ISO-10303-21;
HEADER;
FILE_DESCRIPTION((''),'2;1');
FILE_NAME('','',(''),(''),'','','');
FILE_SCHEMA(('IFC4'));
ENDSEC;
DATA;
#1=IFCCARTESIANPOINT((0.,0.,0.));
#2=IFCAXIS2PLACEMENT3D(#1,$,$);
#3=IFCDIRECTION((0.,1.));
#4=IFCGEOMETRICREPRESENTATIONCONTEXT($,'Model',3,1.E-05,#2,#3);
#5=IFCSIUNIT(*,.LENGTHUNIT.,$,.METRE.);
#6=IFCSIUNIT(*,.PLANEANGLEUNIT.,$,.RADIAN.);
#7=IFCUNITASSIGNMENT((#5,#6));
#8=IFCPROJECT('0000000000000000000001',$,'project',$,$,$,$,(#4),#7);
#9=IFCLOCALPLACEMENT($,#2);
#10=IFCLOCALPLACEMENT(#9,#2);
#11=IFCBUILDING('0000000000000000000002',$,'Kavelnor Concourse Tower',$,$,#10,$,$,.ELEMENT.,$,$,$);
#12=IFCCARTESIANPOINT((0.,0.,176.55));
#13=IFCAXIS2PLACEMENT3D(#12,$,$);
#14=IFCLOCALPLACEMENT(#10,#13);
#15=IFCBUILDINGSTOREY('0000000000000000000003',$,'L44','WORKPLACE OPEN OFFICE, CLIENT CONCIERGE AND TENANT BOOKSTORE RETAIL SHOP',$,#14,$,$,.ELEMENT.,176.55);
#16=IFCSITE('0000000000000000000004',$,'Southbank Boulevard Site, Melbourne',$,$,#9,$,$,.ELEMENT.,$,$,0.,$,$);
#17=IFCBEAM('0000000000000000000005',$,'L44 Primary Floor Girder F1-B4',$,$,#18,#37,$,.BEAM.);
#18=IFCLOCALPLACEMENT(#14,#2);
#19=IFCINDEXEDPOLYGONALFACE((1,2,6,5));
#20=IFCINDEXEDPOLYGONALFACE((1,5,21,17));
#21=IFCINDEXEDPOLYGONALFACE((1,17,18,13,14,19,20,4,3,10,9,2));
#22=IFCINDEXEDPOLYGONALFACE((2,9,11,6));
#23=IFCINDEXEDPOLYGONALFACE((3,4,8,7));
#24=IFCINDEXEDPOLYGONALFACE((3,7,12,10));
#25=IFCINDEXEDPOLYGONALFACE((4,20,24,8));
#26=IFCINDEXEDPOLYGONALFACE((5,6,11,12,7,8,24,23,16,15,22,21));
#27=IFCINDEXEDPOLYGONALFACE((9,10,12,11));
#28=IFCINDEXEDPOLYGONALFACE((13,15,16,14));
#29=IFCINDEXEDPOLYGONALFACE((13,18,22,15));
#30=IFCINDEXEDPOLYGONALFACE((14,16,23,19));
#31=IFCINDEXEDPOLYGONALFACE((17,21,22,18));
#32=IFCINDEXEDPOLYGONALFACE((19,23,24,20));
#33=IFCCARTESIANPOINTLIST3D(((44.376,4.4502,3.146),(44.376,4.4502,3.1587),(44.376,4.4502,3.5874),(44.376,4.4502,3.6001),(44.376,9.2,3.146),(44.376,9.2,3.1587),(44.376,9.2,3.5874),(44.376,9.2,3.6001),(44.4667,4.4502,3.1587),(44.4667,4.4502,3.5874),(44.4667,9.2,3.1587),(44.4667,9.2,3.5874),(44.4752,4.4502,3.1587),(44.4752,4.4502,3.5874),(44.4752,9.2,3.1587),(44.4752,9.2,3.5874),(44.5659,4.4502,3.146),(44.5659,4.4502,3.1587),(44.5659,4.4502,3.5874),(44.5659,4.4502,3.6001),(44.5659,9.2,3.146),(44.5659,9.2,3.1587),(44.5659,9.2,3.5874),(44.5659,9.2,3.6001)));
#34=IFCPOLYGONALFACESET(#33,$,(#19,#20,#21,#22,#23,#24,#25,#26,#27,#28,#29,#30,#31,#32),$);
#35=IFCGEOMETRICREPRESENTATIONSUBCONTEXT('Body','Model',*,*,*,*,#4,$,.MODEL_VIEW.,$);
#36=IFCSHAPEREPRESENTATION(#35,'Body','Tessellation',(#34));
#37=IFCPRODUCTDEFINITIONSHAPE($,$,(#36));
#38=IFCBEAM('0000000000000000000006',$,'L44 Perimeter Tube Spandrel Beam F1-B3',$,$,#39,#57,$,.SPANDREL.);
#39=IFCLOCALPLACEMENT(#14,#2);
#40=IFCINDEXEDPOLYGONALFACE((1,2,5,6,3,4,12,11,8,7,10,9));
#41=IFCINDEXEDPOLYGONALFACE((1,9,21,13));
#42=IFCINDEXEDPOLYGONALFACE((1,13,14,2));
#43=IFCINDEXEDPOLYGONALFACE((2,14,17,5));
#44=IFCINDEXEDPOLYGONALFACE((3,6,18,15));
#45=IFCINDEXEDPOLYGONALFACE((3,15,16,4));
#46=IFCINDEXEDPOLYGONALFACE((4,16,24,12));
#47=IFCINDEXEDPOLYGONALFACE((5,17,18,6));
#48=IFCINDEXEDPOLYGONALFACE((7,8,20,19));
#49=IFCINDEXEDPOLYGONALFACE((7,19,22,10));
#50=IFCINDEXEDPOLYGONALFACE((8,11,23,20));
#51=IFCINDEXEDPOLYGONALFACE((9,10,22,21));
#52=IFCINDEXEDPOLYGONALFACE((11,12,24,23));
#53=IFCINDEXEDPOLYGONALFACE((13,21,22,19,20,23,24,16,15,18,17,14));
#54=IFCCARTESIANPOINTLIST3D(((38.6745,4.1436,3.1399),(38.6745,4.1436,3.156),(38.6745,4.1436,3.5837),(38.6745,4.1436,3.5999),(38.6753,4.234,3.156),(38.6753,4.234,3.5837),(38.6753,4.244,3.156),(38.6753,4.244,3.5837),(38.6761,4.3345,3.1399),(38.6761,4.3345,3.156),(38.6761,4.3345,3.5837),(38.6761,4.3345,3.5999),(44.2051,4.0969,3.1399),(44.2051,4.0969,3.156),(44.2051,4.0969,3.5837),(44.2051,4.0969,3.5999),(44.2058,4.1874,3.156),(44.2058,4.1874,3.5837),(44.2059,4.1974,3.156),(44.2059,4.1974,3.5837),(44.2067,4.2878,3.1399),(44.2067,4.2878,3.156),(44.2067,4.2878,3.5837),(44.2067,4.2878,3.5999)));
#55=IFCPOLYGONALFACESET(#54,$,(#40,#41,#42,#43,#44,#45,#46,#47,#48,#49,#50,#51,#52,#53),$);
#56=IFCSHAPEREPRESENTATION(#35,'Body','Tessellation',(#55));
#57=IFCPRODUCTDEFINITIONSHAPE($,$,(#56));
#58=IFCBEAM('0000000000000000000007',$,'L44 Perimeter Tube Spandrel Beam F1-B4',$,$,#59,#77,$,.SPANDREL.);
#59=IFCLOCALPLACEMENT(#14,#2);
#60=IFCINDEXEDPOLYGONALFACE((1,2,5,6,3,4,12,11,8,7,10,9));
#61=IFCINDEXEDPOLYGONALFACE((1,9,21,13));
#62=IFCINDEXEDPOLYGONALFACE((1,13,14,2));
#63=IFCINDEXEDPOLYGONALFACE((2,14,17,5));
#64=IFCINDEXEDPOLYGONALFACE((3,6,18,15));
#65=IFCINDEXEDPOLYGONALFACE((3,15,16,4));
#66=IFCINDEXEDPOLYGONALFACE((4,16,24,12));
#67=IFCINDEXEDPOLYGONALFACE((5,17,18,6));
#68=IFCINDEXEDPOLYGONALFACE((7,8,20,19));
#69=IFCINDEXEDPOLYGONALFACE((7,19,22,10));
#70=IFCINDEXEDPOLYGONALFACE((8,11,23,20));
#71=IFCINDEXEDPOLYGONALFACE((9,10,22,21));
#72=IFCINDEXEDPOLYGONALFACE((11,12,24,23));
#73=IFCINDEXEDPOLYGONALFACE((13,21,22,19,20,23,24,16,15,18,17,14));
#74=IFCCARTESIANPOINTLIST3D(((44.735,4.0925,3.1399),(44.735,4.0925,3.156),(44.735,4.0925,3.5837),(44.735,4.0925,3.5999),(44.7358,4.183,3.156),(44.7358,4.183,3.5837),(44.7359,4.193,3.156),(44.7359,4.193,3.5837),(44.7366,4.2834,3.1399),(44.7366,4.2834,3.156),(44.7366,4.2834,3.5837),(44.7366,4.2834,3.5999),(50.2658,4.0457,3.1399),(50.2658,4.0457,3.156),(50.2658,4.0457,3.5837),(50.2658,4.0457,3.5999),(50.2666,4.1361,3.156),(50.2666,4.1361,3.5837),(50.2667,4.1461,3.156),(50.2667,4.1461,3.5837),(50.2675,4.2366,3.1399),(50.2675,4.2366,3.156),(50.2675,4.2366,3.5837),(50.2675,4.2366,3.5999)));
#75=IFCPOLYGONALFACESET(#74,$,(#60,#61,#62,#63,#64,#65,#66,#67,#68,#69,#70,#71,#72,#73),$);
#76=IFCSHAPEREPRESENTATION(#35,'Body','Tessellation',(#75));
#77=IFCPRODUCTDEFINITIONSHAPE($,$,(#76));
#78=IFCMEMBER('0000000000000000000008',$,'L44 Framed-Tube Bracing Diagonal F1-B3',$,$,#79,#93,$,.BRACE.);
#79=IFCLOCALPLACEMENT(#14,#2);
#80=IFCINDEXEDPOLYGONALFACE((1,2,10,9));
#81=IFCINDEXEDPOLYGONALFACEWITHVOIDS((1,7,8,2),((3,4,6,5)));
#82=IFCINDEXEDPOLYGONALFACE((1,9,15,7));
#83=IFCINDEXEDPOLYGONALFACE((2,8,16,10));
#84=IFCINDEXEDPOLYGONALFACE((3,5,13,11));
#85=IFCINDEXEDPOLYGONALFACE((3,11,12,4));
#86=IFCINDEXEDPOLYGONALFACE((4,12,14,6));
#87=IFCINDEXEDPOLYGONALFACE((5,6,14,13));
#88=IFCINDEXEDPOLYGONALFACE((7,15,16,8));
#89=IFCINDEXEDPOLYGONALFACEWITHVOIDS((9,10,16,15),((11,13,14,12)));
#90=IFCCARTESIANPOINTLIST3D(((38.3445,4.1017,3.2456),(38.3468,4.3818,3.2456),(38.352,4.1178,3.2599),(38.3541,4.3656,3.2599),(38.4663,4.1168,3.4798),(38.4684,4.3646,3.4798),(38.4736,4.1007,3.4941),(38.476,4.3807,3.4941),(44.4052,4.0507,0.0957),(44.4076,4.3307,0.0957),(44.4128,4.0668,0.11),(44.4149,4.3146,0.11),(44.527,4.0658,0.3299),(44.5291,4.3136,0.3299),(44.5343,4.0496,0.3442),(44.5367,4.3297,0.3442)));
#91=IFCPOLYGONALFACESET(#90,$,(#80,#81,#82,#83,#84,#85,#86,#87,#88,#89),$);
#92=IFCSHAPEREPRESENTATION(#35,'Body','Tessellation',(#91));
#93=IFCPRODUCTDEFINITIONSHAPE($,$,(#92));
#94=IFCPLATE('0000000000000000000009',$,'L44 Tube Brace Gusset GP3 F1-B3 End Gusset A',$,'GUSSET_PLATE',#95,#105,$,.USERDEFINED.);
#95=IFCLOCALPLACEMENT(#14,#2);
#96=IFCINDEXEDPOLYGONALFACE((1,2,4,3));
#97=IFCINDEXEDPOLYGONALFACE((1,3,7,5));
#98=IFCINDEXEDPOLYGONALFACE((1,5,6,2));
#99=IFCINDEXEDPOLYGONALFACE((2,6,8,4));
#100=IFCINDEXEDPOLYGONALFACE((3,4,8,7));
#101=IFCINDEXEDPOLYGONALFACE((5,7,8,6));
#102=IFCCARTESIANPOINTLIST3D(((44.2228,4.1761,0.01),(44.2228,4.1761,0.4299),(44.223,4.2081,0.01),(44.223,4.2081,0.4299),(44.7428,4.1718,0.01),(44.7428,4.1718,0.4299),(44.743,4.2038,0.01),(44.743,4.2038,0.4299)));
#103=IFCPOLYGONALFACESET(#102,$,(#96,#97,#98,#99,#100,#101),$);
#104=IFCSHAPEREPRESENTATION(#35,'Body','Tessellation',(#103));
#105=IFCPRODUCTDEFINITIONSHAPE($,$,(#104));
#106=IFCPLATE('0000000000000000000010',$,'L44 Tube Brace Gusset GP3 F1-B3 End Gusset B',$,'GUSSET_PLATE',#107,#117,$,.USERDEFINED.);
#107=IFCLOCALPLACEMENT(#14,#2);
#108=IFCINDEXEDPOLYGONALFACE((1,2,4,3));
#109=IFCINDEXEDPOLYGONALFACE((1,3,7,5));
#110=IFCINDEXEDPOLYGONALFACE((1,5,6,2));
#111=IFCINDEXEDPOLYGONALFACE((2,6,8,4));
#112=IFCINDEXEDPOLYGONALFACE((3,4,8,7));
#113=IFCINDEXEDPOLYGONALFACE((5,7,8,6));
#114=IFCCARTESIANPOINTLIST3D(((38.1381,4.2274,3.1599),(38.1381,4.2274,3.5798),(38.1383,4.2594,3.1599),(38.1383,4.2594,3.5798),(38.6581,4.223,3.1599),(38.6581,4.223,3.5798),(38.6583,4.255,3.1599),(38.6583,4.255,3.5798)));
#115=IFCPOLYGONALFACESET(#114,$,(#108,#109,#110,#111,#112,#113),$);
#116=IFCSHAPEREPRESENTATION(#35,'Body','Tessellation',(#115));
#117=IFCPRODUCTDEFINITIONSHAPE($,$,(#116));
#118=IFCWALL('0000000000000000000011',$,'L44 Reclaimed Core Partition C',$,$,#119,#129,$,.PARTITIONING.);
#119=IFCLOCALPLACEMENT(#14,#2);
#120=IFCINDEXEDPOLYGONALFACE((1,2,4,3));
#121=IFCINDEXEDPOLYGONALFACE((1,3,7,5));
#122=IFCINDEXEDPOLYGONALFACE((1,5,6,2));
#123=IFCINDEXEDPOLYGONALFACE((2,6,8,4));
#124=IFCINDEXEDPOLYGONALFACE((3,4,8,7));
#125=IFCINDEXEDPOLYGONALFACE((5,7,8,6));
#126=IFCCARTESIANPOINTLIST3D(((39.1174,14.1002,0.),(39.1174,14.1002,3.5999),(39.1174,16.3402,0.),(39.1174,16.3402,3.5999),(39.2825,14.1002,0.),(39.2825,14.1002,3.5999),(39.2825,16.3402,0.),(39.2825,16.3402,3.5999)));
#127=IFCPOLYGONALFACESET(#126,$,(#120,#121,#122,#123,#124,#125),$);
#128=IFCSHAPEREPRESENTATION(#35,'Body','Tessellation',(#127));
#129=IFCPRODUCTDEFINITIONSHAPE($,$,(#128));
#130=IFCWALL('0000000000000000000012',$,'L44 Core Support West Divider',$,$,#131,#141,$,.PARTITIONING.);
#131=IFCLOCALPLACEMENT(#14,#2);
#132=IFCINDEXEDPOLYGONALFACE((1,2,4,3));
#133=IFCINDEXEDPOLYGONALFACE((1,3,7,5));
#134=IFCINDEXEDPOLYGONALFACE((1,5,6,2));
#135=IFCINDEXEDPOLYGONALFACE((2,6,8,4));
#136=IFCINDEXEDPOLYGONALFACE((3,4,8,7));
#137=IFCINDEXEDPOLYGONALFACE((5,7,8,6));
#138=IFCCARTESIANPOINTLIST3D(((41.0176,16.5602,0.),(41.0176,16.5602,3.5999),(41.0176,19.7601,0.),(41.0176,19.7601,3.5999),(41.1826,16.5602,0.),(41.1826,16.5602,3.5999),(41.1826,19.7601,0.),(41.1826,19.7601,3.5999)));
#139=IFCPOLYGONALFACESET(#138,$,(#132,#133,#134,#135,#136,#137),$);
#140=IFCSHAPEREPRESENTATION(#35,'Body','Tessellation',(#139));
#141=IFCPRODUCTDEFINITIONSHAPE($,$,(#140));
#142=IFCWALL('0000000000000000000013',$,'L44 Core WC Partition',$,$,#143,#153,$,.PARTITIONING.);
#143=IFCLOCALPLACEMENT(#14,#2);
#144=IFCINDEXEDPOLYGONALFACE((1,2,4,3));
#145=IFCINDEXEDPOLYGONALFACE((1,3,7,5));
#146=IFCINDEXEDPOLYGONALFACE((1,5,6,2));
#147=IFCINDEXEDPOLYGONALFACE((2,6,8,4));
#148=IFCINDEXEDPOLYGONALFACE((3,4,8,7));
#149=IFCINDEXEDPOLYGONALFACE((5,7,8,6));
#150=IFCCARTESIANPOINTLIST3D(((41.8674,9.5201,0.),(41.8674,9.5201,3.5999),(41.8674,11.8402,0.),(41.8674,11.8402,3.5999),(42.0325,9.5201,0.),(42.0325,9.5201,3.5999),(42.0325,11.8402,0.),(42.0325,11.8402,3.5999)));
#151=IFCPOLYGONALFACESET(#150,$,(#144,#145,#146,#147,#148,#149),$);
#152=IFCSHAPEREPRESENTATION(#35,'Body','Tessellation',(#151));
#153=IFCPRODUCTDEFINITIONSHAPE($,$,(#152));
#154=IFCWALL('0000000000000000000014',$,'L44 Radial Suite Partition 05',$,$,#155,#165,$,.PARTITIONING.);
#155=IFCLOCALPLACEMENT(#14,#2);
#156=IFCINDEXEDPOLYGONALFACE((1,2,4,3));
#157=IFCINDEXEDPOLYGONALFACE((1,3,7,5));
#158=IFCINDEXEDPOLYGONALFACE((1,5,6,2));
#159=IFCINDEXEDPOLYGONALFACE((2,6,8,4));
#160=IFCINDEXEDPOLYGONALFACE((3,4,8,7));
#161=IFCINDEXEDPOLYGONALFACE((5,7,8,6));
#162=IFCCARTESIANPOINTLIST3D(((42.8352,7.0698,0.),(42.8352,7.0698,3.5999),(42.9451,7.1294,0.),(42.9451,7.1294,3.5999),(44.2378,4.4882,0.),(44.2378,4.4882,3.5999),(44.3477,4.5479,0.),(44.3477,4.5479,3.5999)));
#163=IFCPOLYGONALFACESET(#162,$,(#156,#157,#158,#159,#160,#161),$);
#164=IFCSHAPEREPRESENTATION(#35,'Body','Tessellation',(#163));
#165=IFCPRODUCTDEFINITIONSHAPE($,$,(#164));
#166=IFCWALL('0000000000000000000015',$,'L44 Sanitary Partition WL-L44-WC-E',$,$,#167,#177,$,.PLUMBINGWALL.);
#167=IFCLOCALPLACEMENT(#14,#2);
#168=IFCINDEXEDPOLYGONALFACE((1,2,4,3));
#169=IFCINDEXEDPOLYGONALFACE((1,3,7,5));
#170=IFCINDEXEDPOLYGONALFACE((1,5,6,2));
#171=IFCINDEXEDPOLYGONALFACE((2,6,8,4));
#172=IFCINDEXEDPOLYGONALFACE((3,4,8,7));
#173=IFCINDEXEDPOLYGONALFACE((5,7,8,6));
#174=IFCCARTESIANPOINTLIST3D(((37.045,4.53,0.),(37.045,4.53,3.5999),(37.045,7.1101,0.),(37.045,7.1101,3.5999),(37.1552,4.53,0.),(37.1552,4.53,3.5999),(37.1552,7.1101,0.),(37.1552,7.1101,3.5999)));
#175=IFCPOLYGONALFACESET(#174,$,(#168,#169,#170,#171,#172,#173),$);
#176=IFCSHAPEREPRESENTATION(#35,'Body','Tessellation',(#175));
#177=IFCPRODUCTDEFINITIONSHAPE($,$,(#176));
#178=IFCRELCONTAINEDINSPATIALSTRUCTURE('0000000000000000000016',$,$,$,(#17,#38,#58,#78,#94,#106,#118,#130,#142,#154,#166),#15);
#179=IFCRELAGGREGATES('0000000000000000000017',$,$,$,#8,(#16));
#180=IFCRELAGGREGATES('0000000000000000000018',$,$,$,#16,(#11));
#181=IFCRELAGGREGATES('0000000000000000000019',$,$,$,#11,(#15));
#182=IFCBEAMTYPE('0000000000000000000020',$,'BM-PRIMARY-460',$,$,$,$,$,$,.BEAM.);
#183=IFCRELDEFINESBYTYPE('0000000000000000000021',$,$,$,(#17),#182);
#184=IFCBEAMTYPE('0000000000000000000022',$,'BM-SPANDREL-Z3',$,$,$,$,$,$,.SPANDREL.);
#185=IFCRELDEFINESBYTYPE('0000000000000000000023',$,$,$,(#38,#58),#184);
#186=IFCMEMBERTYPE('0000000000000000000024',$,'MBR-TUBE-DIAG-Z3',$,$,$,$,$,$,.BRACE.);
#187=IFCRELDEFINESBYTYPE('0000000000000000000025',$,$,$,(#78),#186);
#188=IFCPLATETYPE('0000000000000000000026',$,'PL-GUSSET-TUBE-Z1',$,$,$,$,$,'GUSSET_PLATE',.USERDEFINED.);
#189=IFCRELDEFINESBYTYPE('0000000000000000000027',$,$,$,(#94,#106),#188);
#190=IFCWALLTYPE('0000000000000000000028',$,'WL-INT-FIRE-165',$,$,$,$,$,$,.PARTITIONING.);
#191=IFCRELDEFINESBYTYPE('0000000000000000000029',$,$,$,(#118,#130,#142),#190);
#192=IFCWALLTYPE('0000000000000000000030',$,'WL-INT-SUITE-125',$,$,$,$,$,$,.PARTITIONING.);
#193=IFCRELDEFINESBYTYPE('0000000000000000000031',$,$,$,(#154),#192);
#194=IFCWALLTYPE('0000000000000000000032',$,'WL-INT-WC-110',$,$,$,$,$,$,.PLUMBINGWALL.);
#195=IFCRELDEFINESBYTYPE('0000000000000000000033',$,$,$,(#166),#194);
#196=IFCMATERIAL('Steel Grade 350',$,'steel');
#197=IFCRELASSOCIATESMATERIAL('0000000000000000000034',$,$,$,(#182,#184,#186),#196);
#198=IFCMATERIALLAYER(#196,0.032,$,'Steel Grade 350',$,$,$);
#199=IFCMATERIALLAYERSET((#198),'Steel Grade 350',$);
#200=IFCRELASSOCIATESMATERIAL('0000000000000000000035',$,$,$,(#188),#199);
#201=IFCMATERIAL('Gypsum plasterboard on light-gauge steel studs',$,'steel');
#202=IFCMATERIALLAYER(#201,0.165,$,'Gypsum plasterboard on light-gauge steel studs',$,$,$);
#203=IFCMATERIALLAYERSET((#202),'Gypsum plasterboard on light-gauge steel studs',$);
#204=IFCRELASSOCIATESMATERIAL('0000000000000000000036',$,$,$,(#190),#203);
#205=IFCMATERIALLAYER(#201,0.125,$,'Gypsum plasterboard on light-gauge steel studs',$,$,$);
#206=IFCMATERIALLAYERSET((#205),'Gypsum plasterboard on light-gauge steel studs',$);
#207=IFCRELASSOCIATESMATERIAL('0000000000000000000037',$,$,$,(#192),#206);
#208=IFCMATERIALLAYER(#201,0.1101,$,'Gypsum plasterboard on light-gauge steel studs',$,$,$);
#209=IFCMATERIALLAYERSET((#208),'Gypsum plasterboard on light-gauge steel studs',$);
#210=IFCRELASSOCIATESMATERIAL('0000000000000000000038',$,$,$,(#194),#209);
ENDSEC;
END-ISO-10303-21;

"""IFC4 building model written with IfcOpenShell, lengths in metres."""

from ifc_helpers import new_model, si_unit, direction, frame, frame_2d, origin, origin_2d, place, context, subcontext, project, spatial, rectangle, hollow_rectangle, i_section, extrude, material, layer, layer_set, material_profile, profile_set, type_object, element, save


model = new_model("IFC4")

# Units and contexts
model_context = context("Model", 3, precision=1e-05, world=origin(), true_north=direction((0.0, 1.0)))
body_context = subcontext(model_context, "Body", "Model", "MODEL_VIEW")
ifc_project = project(units=[si_unit("LENGTHUNIT", "METRE"), si_unit("PLANEANGLEUNIT", "RADIAN")], contexts=[model_context])

# Site, building, storey
site_placement = place(None, origin())
site = spatial("IfcSite", under=ifc_project, at=site_placement, Name="Southbank Boulevard Site, Melbourne", CompositionType="ELEMENT", RefElevation=0.0)
building_placement = place(site_placement, origin())
building = spatial("IfcBuilding", under=site, at=building_placement, Name="Kavelnor Concourse Tower", CompositionType="ELEMENT")
storey_placement = place(building_placement, frame((0.0, 0.0, 176.55)))
storey = spatial("IfcBuildingStorey", under=building, at=storey_placement, Name="L44", Description="WORKPLACE OPEN OFFICE, CLIENT CONCIERGE AND TENANT BOOKSTORE RETAIL SHOP", CompositionType="ELEMENT", Elevation=176.55)

# Shared definitions
ifc_material_1 = material(Name="Steel Grade 350", Category="steel")

# Beams
ifc_material_profile_1 = material_profile(ifc_material_1, i_section(OverallWidth=0.1899, OverallDepth=0.4541, WebThickness=0.0085, FlangeThickness=0.0127, at=origin_2d()), Name="460UB67")
ifc_profile_set_1 = profile_set([ifc_material_profile_1], Name="Steel Grade 350")
beam_type_1 = type_object("IfcBeamType", Name="BM-PRIMARY-460", PredefinedType="BEAM", material=ifc_profile_set_1)
beam_1_placement = place(storey_placement, frame((44.4709, 9.2, 3.373), z_axis=(0.0, -1.0, 0.0), x_axis=(1.0, 0.0, 0.0)))
element("IfcBeam", 1, at=beam_1_placement, inside=storey, type_object=beam_type_1, Name="L44 Primary Floor Girder F1-B4", PredefinedType="BEAM", context=body_context, shape_type="SweptSolid", body=[
    extrude(i_section(OverallWidth=0.1899, OverallDepth=0.4541, WebThickness=0.0085, FlangeThickness=0.0127, at=origin_2d()), origin(), (0.0, 0.0, 1.0), 4.7498),
])
ifc_material_profile_2 = material_profile(ifc_material_1, i_section(OverallWidth=0.1909, OverallDepth=0.46, WebThickness=0.01, FlangeThickness=0.0161, at=origin_2d()), Name="460UB82")
ifc_profile_set_2 = profile_set([ifc_material_profile_2], Name="Steel Grade 350")
beam_type_2 = type_object("IfcBeamType", Name="BM-SPANDREL-Z3", PredefinedType="SPANDREL", material=ifc_profile_set_2)
beam_2_placement = place(storey_placement, frame((38.6753, 4.239, 3.3699), z_axis=(0.999964, -0.008431, 0.0), x_axis=(0.008431, 0.999964, 0.0)))
element("IfcBeam", 2, at=beam_2_placement, inside=storey, type_object=beam_type_2, Name="L44 Perimeter Tube Spandrel Beam F1-B3", PredefinedType="SPANDREL", context=body_context, shape_type="SweptSolid", body=[
    extrude(i_section(OverallWidth=0.1909, OverallDepth=0.46, WebThickness=0.01, FlangeThickness=0.0161, at=origin_2d()), origin(), (0.0, 0.0, 1.0), 5.5308),
])
beam_3_placement = place(storey_placement, frame((44.7358, 4.188, 3.3699), z_axis=(0.999964, -0.008475, 0.0), x_axis=(0.008475, 0.999964, 0.0)))
element("IfcBeam", 3, at=beam_3_placement, inside=storey, type_object=beam_type_2, Name="L44 Perimeter Tube Spandrel Beam F1-B4", PredefinedType="SPANDREL", context=body_context, shape_type="SweptSolid", body=[
    extrude(i_section(OverallWidth=0.1909, OverallDepth=0.46, WebThickness=0.01, FlangeThickness=0.0161, at=origin_2d()), origin(), (0.0, 0.0, 1.0), 5.531),
])

# Member
ifc_material_profile_3 = material_profile(ifc_material_1, hollow_rectangle(XDim=0.28, YDim=0.28, WallThickness=0.0161, at=origin_2d()), Name="SHS 280x280x16")
ifc_profile_set_3 = profile_set([ifc_material_profile_3], Name="Steel Grade 350")
member_type = type_object("IfcMemberType", Name="MBR-TUBE-DIAG-Z3", PredefinedType="BRACE", material=ifc_profile_set_3)
member_placement = place(storey_placement, frame((44.4709, 4.1902, 0.22), z_axis=(-0.887294, 0.00747, 0.461143), x_axis=(-0.008419, -0.999965, 0.0)))
element("IfcMember", 4, at=member_placement, inside=storey, type_object=member_type, Name="L44 Framed-Tube Bracing Diagonal F1-B3", PredefinedType="BRACE", context=body_context, shape_type="SweptSolid", body=[
    extrude(hollow_rectangle(XDim=0.28, YDim=0.28, WallThickness=0.0161, at=origin_2d()), origin(), (0.0, 0.0, 1.0), 6.8306),
])

# Plates
ifc_layer_1 = layer(ifc_material_1, 0.032, Name="Steel Grade 350")
ifc_layer_set_1 = layer_set([ifc_layer_1], Name="Steel Grade 350")
plate_type = type_object("IfcPlateType", Name="PL-GUSSET-TUBE-Z1", ElementType="GUSSET_PLATE", PredefinedType="USERDEFINED", material=ifc_layer_set_1)
for number, where, z_axis, x_axis, name in (
    (5, (44.4829, 4.1899, 0.01), (0.0, 0.0, 1.0), (-0.999965, 0.008377, 0.0), "L44 Tube Brace Gusset GP3 F1-B3 End Gusset A"),
    (6, (38.3982, 4.2412, 3.1599), (0.0, 0.0, 1.0), (-0.999965, 0.008377, 0.0), "L44 Tube Brace Gusset GP3 F1-B3 End Gusset B"),
):
    element("IfcPlate", number, at=place(storey_placement, frame(where, z_axis=z_axis, x_axis=x_axis)), inside=storey, type_object=plate_type, Name=name, ObjectType="GUSSET_PLATE", PredefinedType="USERDEFINED", context=body_context, shape_type="SweptSolid", body=[
        extrude(rectangle(XDim=0.52, YDim=0.032, at=origin_2d()), origin(), (0.0, 0.0, 1.0), 0.4199),
    ])

# Walls
ifc_material_2 = material(Name="Gypsum plasterboard on light-gauge steel studs", Category="steel")
ifc_layer_2 = layer(ifc_material_2, 0.165, Name="Gypsum plasterboard on light-gauge steel studs")
ifc_layer_set_2 = layer_set([ifc_layer_2], Name="Gypsum plasterboard on light-gauge steel studs")
wall_type_1 = type_object("IfcWallType", Name="WL-INT-FIRE-165", PredefinedType="PARTITIONING", material=ifc_layer_set_2)
wall_1_placement = place(storey_placement, frame((39.2, 14.1001, 0.0), z_axis=(0.0, 0.0, 1.0), x_axis=(0.0, 1.0, 0.0)))
element("IfcWall", 7, at=wall_1_placement, inside=storey, type_object=wall_type_1, Name="L44 Reclaimed Core Partition C", PredefinedType="PARTITIONING", context=body_context, shape_type="SweptSolid", body=[
    extrude(rectangle(XDim=2.24, YDim=0.165, at=frame_2d((1.1201, 0.0))), origin(), (0.0, 0.0, 1.0), 3.5999),
])
wall_2_placement = place(storey_placement, frame((41.1001, 16.5601, 0.0), z_axis=(0.0, 0.0, 1.0), x_axis=(0.0, 1.0, 0.0)))
element("IfcWall", 8, at=wall_2_placement, inside=storey, type_object=wall_type_1, Name="L44 Core Support West Divider", PredefinedType="PARTITIONING", context=body_context, shape_type="SweptSolid", body=[
    extrude(rectangle(XDim=3.2, YDim=0.165, at=frame_2d((1.6001, 0.0))), origin(), (0.0, 0.0, 1.0), 3.5999),
])
wall_3_placement = place(storey_placement, frame((41.95, 9.52, 0.0), z_axis=(0.0, 0.0, 1.0), x_axis=(0.0, 1.0, 0.0)))
element("IfcWall", 9, at=wall_3_placement, inside=storey, type_object=wall_type_1, Name="L44 Core WC Partition", PredefinedType="PARTITIONING", context=body_context, shape_type="SweptSolid", body=[
    extrude(rectangle(XDim=2.3201, YDim=0.165, at=frame_2d((1.1602, 0.0))), origin(), (0.0, 0.0, 1.0), 3.5999),
])
ifc_layer_3 = layer(ifc_material_2, 0.125, Name="Gypsum plasterboard on light-gauge steel studs")
ifc_layer_set_3 = layer_set([ifc_layer_3], Name="Gypsum plasterboard on light-gauge steel studs")
wall_type_2 = type_object("IfcWallType", Name="WL-INT-SUITE-125", PredefinedType="PARTITIONING", material=ifc_layer_set_3)
wall_4_placement = place(storey_placement, frame((42.8901, 7.0996, 0.0), z_axis=(0.0, 0.0, 1.0), x_axis=(0.477402, -0.878685, 0.0)))
element("IfcWall", 10, at=wall_4_placement, inside=storey, type_object=wall_type_2, Name="L44 Radial Suite Partition 05", PredefinedType="PARTITIONING", context=body_context, shape_type="SweptSolid", body=[
    extrude(rectangle(XDim=2.938, YDim=0.125, at=frame_2d((1.469, 0.0))), origin(), (0.0, 0.0, 1.0), 3.5999),
])
ifc_layer_4 = layer(ifc_material_2, 0.1101, Name="Gypsum plasterboard on light-gauge steel studs")
ifc_layer_set_4 = layer_set([ifc_layer_4], Name="Gypsum plasterboard on light-gauge steel studs")
wall_type_3 = type_object("IfcWallType", Name="WL-INT-WC-110", PredefinedType="PLUMBINGWALL", material=ifc_layer_set_4)
wall_5_placement = place(storey_placement, frame((37.1001, 4.53, 0.0), z_axis=(0.0, 0.0, 1.0), x_axis=(0.0, 1.0, 0.0)))
element("IfcWall", 11, at=wall_5_placement, inside=storey, type_object=wall_type_3, Name="L44 Sanitary Partition WL-L44-WC-E", PredefinedType="PLUMBINGWALL", context=body_context, shape_type="SweptSolid", body=[
    extrude(rectangle(XDim=2.5801, YDim=0.1101, at=frame_2d((1.29, 0.0))), origin(), (0.0, 0.0, 1.0), 3.5999),
])

save(model, "model.ifc")
